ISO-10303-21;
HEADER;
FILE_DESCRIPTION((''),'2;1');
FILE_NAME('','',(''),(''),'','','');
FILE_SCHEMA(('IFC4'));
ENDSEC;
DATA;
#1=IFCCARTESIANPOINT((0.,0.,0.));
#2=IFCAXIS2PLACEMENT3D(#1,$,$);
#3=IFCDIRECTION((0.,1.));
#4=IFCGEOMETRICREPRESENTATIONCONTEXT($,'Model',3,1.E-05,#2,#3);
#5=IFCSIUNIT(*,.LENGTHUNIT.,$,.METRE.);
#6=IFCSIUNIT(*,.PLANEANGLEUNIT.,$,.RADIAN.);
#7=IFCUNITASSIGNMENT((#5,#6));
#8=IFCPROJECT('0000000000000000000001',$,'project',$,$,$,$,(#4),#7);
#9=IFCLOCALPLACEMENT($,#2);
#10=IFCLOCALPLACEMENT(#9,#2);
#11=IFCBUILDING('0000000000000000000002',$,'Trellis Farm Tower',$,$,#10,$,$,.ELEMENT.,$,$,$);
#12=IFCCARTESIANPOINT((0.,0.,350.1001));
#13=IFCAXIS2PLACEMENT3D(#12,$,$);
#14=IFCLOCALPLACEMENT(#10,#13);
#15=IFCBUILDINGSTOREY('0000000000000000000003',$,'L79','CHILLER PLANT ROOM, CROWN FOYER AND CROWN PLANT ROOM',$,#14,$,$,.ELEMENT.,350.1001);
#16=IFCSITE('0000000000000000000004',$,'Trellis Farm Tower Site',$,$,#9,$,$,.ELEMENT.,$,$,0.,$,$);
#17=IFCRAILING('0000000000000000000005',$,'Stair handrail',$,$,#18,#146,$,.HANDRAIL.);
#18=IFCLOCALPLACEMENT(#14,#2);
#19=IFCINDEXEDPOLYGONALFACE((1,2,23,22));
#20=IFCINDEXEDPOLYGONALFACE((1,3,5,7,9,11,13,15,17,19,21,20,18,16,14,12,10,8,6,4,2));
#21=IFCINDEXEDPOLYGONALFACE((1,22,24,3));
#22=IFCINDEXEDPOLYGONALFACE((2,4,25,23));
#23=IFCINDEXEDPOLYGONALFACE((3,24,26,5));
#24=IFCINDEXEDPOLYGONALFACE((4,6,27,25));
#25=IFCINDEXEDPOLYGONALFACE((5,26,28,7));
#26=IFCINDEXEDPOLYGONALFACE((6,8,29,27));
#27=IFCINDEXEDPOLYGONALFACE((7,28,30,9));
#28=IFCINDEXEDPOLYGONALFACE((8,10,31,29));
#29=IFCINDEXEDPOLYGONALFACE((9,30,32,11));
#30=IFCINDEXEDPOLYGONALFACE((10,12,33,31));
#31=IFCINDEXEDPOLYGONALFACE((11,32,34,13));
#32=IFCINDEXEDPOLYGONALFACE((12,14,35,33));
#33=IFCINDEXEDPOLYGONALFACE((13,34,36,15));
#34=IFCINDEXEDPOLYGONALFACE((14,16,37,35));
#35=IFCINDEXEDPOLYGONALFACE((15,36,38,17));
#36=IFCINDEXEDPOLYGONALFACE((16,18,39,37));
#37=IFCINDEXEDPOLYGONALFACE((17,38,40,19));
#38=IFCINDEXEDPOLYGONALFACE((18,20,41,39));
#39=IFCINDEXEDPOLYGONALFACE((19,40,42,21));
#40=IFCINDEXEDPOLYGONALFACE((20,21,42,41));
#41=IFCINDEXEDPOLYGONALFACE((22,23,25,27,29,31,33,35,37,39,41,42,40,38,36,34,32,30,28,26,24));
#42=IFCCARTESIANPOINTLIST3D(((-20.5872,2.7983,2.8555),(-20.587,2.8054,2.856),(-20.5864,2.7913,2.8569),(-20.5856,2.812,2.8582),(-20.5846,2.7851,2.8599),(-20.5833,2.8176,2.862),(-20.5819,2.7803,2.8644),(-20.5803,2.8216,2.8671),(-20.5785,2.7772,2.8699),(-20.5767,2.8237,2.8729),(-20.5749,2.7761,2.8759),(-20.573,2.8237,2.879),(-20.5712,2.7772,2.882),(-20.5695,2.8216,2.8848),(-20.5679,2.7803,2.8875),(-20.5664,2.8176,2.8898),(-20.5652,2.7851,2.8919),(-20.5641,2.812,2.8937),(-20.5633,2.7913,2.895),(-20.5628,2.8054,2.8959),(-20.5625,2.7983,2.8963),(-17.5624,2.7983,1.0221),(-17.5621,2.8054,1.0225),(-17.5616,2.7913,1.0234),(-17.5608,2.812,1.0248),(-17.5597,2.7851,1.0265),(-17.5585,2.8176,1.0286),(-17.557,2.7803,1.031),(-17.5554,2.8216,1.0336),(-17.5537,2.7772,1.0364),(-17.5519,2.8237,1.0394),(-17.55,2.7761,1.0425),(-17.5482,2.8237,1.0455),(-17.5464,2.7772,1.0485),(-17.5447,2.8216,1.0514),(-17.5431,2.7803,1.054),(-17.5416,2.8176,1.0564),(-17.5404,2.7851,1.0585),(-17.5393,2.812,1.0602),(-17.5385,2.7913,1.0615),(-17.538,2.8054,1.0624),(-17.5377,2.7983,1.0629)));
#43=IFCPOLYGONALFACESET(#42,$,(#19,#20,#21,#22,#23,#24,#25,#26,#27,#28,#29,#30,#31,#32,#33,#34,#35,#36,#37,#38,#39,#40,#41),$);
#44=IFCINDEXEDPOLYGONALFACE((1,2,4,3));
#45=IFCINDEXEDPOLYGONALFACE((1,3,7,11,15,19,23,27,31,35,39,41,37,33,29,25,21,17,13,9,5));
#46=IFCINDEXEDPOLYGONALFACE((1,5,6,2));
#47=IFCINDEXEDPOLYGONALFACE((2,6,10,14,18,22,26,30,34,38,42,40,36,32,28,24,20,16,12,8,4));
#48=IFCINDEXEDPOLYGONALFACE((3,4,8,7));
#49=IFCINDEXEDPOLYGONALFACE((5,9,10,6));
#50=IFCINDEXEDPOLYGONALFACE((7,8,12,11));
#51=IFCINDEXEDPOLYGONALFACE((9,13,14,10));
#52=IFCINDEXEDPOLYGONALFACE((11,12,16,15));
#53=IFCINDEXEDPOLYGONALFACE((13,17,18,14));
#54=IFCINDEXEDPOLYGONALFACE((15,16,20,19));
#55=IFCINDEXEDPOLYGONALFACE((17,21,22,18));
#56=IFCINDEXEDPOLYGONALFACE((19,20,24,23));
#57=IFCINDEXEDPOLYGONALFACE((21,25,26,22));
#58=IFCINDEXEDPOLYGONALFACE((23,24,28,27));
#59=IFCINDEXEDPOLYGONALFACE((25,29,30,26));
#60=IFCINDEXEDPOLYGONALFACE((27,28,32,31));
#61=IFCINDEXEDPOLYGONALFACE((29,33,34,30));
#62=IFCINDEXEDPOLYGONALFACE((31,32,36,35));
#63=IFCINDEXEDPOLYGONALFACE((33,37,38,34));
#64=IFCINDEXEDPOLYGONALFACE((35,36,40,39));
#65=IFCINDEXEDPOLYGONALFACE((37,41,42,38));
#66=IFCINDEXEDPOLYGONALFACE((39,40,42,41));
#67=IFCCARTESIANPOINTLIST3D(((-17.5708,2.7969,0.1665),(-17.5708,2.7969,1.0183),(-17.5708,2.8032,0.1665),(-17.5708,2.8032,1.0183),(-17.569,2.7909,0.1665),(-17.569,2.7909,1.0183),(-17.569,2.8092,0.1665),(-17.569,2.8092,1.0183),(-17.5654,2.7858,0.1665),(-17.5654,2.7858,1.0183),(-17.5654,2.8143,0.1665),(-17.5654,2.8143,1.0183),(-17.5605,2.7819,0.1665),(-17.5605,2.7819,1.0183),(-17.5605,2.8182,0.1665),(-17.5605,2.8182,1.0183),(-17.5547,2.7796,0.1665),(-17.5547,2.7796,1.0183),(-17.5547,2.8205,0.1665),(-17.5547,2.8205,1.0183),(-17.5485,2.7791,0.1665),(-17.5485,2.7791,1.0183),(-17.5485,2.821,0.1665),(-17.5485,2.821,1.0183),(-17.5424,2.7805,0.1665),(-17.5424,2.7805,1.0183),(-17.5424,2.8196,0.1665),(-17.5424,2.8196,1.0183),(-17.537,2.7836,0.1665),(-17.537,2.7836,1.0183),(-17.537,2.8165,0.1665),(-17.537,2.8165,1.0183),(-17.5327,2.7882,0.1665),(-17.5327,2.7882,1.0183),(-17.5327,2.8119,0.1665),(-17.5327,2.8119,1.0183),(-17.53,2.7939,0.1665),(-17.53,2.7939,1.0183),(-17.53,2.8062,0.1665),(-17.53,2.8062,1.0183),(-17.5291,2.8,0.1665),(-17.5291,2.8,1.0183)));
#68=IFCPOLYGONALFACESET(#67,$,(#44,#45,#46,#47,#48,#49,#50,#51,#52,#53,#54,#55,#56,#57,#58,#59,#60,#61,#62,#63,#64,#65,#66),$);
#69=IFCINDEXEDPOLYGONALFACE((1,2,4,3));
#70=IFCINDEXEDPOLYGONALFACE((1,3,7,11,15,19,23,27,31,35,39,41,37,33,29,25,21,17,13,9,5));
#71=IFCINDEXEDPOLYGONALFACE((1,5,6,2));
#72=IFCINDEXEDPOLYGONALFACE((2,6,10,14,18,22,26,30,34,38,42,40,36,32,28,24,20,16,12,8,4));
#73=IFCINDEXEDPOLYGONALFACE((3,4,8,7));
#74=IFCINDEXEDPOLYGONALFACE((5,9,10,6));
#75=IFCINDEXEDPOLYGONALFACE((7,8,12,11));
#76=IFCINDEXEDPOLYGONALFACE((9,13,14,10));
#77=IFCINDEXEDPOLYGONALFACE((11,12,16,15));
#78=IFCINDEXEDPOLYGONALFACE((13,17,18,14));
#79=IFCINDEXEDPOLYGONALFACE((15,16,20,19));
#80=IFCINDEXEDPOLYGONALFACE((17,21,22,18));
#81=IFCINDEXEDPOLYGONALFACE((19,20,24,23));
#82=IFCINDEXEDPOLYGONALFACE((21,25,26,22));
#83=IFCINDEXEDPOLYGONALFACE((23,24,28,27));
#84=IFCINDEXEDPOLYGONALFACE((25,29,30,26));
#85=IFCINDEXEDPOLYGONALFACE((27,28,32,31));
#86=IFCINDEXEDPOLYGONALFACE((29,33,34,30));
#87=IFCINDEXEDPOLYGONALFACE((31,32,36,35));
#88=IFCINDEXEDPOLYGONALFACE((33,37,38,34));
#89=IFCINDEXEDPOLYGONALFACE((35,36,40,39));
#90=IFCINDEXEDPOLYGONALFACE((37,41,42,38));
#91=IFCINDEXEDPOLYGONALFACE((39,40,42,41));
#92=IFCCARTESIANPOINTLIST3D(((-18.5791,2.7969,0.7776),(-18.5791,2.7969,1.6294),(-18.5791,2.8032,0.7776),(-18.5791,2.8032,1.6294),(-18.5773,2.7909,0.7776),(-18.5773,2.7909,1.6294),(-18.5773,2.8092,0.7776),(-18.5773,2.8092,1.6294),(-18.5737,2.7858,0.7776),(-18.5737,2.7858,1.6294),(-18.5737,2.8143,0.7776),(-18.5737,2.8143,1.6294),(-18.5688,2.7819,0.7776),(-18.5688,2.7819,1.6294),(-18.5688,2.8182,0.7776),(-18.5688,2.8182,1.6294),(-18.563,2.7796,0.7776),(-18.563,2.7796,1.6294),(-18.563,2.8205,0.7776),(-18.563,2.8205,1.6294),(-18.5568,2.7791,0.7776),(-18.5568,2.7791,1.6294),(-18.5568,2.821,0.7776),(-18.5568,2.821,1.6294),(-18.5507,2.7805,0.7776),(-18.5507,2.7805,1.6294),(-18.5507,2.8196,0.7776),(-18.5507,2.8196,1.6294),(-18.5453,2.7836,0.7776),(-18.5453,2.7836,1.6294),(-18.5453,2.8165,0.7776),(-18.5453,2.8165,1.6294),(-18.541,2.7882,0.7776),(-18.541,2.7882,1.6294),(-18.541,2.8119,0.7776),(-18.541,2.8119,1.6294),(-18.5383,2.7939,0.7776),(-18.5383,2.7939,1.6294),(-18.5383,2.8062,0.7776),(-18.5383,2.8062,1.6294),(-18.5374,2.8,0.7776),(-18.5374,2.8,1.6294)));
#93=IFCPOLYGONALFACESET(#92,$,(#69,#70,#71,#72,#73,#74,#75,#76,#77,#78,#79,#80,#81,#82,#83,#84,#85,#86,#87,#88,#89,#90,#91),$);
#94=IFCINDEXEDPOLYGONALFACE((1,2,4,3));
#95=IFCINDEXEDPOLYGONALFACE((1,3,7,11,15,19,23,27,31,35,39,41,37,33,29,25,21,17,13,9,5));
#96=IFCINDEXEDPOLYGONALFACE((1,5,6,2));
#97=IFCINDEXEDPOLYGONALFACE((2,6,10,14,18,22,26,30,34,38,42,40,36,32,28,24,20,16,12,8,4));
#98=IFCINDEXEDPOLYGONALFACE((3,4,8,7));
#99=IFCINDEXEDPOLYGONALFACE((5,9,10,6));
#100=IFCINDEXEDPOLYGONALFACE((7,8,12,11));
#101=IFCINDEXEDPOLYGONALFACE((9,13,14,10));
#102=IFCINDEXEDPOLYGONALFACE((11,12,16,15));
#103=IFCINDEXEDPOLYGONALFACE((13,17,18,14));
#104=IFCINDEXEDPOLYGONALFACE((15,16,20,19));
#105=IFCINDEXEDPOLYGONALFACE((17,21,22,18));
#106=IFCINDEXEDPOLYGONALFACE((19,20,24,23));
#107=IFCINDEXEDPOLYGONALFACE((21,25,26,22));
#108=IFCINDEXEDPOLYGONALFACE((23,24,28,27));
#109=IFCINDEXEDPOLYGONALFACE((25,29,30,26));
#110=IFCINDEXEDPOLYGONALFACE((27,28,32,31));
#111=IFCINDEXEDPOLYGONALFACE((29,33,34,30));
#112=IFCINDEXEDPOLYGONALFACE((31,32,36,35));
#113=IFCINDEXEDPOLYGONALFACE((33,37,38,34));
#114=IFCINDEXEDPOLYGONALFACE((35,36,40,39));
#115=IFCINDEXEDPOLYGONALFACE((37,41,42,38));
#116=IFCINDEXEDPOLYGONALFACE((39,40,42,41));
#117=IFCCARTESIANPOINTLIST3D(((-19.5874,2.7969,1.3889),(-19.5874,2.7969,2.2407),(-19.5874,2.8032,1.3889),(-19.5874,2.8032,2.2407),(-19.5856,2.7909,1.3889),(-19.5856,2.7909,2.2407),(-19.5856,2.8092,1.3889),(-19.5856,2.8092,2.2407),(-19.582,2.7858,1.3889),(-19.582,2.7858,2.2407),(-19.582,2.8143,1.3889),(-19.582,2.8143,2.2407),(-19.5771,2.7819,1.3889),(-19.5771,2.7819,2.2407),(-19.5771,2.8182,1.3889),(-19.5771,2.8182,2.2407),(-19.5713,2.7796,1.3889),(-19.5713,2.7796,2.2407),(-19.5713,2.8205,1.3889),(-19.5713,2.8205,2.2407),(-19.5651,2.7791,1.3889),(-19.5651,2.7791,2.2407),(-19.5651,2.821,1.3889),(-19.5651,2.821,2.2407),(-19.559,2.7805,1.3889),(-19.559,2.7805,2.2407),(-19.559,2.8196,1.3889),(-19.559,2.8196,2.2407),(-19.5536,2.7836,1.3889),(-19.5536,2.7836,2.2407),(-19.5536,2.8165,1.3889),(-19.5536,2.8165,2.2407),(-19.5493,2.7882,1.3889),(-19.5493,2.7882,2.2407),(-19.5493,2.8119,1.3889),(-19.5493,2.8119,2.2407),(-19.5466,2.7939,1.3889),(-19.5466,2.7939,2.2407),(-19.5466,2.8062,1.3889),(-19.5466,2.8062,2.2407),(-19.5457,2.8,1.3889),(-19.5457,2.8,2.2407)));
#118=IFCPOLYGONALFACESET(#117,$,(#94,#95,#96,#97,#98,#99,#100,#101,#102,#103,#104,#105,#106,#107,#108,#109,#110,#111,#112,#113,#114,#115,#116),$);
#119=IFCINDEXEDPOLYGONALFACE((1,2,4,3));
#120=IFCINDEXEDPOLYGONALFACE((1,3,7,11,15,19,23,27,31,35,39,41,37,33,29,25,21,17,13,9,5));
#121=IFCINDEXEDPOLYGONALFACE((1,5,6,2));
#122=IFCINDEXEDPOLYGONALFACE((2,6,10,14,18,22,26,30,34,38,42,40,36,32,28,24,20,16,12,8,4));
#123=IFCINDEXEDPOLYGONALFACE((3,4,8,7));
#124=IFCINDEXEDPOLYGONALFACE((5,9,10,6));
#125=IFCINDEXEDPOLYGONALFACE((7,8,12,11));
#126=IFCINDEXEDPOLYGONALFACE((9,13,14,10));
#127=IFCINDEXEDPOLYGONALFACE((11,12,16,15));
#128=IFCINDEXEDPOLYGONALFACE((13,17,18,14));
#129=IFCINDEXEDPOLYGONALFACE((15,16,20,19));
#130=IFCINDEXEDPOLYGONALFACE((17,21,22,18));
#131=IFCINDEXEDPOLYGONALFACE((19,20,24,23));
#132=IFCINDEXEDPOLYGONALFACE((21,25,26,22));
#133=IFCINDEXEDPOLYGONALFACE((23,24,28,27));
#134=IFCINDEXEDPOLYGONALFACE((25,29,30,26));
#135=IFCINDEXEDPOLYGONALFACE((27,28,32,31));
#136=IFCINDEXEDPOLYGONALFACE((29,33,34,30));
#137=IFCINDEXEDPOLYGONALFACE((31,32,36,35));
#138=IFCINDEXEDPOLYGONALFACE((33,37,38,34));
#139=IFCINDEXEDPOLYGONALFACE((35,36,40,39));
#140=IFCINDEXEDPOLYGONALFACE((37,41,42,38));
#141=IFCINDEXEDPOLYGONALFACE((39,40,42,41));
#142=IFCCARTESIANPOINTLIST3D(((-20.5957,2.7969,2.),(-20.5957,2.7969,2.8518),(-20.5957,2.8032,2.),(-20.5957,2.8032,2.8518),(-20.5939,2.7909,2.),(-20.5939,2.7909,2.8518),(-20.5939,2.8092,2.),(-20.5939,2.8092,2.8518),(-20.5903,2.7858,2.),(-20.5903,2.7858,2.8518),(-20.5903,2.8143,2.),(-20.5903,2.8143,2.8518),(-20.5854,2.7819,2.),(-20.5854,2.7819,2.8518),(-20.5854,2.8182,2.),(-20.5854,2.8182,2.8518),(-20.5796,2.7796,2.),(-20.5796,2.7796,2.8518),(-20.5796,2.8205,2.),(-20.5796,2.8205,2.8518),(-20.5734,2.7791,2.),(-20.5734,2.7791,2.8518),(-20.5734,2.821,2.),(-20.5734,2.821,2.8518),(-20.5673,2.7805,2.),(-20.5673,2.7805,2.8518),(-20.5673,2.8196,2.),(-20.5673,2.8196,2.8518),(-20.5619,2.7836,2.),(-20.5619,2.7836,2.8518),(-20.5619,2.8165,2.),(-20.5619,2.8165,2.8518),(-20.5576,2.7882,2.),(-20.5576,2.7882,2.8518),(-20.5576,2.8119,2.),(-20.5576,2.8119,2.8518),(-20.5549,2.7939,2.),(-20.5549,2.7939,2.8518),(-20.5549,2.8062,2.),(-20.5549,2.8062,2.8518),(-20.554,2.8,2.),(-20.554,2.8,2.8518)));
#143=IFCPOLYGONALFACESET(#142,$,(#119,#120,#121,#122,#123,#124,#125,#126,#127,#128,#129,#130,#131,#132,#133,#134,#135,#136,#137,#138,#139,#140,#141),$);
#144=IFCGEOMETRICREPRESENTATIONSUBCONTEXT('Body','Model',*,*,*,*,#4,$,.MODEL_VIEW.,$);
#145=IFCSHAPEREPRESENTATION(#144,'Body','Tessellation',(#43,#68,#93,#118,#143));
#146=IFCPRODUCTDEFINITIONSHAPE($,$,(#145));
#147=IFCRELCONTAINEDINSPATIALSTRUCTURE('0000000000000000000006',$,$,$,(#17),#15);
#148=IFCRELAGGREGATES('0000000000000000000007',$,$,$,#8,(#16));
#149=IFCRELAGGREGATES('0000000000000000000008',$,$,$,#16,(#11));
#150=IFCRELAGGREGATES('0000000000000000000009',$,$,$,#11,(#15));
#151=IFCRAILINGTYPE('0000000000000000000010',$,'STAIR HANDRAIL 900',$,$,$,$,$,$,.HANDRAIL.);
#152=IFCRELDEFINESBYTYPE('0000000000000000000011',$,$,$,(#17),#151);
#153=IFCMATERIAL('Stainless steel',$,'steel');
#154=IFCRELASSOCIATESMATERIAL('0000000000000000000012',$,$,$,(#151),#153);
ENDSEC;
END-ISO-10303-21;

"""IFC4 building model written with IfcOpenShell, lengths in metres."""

from ifc_helpers import new_model, si_unit, direction, frame, origin, origin_2d, place, context, subcontext, project, spatial, circle, extrude, source, transform, mapped, material, type_object, element, save


model = new_model("IFC4")

# Units and contexts
model_context = context("Model", 3, precision=1e-05, world=origin(), true_north=direction((0.0, 1.0)))
body_context = subcontext(model_context, "Body", "Model", "MODEL_VIEW")
ifc_project = project(units=[si_unit("LENGTHUNIT", "METRE"), si_unit("PLANEANGLEUNIT", "RADIAN")], contexts=[model_context])

# Site, building, storey
site_placement = place(None, origin())
site = spatial("IfcSite", under=ifc_project, at=site_placement, Name="Trellis Farm Tower Site", CompositionType="ELEMENT", RefElevation=0.0)
building_placement = place(site_placement, origin())
building = spatial("IfcBuilding", under=site, at=building_placement, Name="Trellis Farm Tower", CompositionType="ELEMENT")
storey_placement = place(building_placement, frame((0.0, 0.0, 350.1001)))
storey = spatial("IfcBuildingStorey", under=building, at=storey_placement, Name="L79", Description="CHILLER PLANT ROOM, CROWN FOYER AND CROWN PLANT ROOM", CompositionType="ELEMENT", Elevation=350.1001)

# Railing
ifc_material_1 = material(Name="Stainless steel", Category="steel")
railing_type = type_object("IfcRailingType", Name="STAIR HANDRAIL 900", PredefinedType="HANDRAIL", material=ifc_material_1)
shared_shape_1 = source(origin(), body_context, "Body", "SweptSolid", [
    extrude(circle(Radius=0.0239, at=origin_2d()), frame((0.0, 0.0, 0.876), z_axis=(-0.85517, 0.0, 0.518348), x_axis=(0.0, -1.0, 0.0)), (0.0, 0.0, 1.0), 3.5371),
    extrude(circle(Radius=0.021, at=origin_2d()), origin(), (0.0, 0.0, 1.0), 0.8518),
    extrude(circle(Radius=0.021, at=origin_2d()), frame((-1.0083, 0.0, 0.6111)), (0.0, 0.0, 1.0), 0.8518),
    extrude(circle(Radius=0.021, at=origin_2d()), frame((-2.0166, 0.0, 1.2224)), (0.0, 0.0, 1.0), 0.8518),
    extrude(circle(Radius=0.021, at=origin_2d()), frame((-3.0249, 0.0, 1.8335)), (0.0, 0.0, 1.0), 0.8518),
])
for number, where, name in (
    (1, (-17.55, 2.8, 0.1665), "Stair handrail"),
):
    element("IfcRailing", number, at=place(storey_placement, frame(where)), inside=storey, type_object=railing_type, Name=name, PredefinedType="HANDRAIL", context=body_context, shape_type="MappedRepresentation", body=[
        mapped(shared_shape_1, transform((0.0, 0.0, 0.0))),
    ])

save(model, "model.ifc")
